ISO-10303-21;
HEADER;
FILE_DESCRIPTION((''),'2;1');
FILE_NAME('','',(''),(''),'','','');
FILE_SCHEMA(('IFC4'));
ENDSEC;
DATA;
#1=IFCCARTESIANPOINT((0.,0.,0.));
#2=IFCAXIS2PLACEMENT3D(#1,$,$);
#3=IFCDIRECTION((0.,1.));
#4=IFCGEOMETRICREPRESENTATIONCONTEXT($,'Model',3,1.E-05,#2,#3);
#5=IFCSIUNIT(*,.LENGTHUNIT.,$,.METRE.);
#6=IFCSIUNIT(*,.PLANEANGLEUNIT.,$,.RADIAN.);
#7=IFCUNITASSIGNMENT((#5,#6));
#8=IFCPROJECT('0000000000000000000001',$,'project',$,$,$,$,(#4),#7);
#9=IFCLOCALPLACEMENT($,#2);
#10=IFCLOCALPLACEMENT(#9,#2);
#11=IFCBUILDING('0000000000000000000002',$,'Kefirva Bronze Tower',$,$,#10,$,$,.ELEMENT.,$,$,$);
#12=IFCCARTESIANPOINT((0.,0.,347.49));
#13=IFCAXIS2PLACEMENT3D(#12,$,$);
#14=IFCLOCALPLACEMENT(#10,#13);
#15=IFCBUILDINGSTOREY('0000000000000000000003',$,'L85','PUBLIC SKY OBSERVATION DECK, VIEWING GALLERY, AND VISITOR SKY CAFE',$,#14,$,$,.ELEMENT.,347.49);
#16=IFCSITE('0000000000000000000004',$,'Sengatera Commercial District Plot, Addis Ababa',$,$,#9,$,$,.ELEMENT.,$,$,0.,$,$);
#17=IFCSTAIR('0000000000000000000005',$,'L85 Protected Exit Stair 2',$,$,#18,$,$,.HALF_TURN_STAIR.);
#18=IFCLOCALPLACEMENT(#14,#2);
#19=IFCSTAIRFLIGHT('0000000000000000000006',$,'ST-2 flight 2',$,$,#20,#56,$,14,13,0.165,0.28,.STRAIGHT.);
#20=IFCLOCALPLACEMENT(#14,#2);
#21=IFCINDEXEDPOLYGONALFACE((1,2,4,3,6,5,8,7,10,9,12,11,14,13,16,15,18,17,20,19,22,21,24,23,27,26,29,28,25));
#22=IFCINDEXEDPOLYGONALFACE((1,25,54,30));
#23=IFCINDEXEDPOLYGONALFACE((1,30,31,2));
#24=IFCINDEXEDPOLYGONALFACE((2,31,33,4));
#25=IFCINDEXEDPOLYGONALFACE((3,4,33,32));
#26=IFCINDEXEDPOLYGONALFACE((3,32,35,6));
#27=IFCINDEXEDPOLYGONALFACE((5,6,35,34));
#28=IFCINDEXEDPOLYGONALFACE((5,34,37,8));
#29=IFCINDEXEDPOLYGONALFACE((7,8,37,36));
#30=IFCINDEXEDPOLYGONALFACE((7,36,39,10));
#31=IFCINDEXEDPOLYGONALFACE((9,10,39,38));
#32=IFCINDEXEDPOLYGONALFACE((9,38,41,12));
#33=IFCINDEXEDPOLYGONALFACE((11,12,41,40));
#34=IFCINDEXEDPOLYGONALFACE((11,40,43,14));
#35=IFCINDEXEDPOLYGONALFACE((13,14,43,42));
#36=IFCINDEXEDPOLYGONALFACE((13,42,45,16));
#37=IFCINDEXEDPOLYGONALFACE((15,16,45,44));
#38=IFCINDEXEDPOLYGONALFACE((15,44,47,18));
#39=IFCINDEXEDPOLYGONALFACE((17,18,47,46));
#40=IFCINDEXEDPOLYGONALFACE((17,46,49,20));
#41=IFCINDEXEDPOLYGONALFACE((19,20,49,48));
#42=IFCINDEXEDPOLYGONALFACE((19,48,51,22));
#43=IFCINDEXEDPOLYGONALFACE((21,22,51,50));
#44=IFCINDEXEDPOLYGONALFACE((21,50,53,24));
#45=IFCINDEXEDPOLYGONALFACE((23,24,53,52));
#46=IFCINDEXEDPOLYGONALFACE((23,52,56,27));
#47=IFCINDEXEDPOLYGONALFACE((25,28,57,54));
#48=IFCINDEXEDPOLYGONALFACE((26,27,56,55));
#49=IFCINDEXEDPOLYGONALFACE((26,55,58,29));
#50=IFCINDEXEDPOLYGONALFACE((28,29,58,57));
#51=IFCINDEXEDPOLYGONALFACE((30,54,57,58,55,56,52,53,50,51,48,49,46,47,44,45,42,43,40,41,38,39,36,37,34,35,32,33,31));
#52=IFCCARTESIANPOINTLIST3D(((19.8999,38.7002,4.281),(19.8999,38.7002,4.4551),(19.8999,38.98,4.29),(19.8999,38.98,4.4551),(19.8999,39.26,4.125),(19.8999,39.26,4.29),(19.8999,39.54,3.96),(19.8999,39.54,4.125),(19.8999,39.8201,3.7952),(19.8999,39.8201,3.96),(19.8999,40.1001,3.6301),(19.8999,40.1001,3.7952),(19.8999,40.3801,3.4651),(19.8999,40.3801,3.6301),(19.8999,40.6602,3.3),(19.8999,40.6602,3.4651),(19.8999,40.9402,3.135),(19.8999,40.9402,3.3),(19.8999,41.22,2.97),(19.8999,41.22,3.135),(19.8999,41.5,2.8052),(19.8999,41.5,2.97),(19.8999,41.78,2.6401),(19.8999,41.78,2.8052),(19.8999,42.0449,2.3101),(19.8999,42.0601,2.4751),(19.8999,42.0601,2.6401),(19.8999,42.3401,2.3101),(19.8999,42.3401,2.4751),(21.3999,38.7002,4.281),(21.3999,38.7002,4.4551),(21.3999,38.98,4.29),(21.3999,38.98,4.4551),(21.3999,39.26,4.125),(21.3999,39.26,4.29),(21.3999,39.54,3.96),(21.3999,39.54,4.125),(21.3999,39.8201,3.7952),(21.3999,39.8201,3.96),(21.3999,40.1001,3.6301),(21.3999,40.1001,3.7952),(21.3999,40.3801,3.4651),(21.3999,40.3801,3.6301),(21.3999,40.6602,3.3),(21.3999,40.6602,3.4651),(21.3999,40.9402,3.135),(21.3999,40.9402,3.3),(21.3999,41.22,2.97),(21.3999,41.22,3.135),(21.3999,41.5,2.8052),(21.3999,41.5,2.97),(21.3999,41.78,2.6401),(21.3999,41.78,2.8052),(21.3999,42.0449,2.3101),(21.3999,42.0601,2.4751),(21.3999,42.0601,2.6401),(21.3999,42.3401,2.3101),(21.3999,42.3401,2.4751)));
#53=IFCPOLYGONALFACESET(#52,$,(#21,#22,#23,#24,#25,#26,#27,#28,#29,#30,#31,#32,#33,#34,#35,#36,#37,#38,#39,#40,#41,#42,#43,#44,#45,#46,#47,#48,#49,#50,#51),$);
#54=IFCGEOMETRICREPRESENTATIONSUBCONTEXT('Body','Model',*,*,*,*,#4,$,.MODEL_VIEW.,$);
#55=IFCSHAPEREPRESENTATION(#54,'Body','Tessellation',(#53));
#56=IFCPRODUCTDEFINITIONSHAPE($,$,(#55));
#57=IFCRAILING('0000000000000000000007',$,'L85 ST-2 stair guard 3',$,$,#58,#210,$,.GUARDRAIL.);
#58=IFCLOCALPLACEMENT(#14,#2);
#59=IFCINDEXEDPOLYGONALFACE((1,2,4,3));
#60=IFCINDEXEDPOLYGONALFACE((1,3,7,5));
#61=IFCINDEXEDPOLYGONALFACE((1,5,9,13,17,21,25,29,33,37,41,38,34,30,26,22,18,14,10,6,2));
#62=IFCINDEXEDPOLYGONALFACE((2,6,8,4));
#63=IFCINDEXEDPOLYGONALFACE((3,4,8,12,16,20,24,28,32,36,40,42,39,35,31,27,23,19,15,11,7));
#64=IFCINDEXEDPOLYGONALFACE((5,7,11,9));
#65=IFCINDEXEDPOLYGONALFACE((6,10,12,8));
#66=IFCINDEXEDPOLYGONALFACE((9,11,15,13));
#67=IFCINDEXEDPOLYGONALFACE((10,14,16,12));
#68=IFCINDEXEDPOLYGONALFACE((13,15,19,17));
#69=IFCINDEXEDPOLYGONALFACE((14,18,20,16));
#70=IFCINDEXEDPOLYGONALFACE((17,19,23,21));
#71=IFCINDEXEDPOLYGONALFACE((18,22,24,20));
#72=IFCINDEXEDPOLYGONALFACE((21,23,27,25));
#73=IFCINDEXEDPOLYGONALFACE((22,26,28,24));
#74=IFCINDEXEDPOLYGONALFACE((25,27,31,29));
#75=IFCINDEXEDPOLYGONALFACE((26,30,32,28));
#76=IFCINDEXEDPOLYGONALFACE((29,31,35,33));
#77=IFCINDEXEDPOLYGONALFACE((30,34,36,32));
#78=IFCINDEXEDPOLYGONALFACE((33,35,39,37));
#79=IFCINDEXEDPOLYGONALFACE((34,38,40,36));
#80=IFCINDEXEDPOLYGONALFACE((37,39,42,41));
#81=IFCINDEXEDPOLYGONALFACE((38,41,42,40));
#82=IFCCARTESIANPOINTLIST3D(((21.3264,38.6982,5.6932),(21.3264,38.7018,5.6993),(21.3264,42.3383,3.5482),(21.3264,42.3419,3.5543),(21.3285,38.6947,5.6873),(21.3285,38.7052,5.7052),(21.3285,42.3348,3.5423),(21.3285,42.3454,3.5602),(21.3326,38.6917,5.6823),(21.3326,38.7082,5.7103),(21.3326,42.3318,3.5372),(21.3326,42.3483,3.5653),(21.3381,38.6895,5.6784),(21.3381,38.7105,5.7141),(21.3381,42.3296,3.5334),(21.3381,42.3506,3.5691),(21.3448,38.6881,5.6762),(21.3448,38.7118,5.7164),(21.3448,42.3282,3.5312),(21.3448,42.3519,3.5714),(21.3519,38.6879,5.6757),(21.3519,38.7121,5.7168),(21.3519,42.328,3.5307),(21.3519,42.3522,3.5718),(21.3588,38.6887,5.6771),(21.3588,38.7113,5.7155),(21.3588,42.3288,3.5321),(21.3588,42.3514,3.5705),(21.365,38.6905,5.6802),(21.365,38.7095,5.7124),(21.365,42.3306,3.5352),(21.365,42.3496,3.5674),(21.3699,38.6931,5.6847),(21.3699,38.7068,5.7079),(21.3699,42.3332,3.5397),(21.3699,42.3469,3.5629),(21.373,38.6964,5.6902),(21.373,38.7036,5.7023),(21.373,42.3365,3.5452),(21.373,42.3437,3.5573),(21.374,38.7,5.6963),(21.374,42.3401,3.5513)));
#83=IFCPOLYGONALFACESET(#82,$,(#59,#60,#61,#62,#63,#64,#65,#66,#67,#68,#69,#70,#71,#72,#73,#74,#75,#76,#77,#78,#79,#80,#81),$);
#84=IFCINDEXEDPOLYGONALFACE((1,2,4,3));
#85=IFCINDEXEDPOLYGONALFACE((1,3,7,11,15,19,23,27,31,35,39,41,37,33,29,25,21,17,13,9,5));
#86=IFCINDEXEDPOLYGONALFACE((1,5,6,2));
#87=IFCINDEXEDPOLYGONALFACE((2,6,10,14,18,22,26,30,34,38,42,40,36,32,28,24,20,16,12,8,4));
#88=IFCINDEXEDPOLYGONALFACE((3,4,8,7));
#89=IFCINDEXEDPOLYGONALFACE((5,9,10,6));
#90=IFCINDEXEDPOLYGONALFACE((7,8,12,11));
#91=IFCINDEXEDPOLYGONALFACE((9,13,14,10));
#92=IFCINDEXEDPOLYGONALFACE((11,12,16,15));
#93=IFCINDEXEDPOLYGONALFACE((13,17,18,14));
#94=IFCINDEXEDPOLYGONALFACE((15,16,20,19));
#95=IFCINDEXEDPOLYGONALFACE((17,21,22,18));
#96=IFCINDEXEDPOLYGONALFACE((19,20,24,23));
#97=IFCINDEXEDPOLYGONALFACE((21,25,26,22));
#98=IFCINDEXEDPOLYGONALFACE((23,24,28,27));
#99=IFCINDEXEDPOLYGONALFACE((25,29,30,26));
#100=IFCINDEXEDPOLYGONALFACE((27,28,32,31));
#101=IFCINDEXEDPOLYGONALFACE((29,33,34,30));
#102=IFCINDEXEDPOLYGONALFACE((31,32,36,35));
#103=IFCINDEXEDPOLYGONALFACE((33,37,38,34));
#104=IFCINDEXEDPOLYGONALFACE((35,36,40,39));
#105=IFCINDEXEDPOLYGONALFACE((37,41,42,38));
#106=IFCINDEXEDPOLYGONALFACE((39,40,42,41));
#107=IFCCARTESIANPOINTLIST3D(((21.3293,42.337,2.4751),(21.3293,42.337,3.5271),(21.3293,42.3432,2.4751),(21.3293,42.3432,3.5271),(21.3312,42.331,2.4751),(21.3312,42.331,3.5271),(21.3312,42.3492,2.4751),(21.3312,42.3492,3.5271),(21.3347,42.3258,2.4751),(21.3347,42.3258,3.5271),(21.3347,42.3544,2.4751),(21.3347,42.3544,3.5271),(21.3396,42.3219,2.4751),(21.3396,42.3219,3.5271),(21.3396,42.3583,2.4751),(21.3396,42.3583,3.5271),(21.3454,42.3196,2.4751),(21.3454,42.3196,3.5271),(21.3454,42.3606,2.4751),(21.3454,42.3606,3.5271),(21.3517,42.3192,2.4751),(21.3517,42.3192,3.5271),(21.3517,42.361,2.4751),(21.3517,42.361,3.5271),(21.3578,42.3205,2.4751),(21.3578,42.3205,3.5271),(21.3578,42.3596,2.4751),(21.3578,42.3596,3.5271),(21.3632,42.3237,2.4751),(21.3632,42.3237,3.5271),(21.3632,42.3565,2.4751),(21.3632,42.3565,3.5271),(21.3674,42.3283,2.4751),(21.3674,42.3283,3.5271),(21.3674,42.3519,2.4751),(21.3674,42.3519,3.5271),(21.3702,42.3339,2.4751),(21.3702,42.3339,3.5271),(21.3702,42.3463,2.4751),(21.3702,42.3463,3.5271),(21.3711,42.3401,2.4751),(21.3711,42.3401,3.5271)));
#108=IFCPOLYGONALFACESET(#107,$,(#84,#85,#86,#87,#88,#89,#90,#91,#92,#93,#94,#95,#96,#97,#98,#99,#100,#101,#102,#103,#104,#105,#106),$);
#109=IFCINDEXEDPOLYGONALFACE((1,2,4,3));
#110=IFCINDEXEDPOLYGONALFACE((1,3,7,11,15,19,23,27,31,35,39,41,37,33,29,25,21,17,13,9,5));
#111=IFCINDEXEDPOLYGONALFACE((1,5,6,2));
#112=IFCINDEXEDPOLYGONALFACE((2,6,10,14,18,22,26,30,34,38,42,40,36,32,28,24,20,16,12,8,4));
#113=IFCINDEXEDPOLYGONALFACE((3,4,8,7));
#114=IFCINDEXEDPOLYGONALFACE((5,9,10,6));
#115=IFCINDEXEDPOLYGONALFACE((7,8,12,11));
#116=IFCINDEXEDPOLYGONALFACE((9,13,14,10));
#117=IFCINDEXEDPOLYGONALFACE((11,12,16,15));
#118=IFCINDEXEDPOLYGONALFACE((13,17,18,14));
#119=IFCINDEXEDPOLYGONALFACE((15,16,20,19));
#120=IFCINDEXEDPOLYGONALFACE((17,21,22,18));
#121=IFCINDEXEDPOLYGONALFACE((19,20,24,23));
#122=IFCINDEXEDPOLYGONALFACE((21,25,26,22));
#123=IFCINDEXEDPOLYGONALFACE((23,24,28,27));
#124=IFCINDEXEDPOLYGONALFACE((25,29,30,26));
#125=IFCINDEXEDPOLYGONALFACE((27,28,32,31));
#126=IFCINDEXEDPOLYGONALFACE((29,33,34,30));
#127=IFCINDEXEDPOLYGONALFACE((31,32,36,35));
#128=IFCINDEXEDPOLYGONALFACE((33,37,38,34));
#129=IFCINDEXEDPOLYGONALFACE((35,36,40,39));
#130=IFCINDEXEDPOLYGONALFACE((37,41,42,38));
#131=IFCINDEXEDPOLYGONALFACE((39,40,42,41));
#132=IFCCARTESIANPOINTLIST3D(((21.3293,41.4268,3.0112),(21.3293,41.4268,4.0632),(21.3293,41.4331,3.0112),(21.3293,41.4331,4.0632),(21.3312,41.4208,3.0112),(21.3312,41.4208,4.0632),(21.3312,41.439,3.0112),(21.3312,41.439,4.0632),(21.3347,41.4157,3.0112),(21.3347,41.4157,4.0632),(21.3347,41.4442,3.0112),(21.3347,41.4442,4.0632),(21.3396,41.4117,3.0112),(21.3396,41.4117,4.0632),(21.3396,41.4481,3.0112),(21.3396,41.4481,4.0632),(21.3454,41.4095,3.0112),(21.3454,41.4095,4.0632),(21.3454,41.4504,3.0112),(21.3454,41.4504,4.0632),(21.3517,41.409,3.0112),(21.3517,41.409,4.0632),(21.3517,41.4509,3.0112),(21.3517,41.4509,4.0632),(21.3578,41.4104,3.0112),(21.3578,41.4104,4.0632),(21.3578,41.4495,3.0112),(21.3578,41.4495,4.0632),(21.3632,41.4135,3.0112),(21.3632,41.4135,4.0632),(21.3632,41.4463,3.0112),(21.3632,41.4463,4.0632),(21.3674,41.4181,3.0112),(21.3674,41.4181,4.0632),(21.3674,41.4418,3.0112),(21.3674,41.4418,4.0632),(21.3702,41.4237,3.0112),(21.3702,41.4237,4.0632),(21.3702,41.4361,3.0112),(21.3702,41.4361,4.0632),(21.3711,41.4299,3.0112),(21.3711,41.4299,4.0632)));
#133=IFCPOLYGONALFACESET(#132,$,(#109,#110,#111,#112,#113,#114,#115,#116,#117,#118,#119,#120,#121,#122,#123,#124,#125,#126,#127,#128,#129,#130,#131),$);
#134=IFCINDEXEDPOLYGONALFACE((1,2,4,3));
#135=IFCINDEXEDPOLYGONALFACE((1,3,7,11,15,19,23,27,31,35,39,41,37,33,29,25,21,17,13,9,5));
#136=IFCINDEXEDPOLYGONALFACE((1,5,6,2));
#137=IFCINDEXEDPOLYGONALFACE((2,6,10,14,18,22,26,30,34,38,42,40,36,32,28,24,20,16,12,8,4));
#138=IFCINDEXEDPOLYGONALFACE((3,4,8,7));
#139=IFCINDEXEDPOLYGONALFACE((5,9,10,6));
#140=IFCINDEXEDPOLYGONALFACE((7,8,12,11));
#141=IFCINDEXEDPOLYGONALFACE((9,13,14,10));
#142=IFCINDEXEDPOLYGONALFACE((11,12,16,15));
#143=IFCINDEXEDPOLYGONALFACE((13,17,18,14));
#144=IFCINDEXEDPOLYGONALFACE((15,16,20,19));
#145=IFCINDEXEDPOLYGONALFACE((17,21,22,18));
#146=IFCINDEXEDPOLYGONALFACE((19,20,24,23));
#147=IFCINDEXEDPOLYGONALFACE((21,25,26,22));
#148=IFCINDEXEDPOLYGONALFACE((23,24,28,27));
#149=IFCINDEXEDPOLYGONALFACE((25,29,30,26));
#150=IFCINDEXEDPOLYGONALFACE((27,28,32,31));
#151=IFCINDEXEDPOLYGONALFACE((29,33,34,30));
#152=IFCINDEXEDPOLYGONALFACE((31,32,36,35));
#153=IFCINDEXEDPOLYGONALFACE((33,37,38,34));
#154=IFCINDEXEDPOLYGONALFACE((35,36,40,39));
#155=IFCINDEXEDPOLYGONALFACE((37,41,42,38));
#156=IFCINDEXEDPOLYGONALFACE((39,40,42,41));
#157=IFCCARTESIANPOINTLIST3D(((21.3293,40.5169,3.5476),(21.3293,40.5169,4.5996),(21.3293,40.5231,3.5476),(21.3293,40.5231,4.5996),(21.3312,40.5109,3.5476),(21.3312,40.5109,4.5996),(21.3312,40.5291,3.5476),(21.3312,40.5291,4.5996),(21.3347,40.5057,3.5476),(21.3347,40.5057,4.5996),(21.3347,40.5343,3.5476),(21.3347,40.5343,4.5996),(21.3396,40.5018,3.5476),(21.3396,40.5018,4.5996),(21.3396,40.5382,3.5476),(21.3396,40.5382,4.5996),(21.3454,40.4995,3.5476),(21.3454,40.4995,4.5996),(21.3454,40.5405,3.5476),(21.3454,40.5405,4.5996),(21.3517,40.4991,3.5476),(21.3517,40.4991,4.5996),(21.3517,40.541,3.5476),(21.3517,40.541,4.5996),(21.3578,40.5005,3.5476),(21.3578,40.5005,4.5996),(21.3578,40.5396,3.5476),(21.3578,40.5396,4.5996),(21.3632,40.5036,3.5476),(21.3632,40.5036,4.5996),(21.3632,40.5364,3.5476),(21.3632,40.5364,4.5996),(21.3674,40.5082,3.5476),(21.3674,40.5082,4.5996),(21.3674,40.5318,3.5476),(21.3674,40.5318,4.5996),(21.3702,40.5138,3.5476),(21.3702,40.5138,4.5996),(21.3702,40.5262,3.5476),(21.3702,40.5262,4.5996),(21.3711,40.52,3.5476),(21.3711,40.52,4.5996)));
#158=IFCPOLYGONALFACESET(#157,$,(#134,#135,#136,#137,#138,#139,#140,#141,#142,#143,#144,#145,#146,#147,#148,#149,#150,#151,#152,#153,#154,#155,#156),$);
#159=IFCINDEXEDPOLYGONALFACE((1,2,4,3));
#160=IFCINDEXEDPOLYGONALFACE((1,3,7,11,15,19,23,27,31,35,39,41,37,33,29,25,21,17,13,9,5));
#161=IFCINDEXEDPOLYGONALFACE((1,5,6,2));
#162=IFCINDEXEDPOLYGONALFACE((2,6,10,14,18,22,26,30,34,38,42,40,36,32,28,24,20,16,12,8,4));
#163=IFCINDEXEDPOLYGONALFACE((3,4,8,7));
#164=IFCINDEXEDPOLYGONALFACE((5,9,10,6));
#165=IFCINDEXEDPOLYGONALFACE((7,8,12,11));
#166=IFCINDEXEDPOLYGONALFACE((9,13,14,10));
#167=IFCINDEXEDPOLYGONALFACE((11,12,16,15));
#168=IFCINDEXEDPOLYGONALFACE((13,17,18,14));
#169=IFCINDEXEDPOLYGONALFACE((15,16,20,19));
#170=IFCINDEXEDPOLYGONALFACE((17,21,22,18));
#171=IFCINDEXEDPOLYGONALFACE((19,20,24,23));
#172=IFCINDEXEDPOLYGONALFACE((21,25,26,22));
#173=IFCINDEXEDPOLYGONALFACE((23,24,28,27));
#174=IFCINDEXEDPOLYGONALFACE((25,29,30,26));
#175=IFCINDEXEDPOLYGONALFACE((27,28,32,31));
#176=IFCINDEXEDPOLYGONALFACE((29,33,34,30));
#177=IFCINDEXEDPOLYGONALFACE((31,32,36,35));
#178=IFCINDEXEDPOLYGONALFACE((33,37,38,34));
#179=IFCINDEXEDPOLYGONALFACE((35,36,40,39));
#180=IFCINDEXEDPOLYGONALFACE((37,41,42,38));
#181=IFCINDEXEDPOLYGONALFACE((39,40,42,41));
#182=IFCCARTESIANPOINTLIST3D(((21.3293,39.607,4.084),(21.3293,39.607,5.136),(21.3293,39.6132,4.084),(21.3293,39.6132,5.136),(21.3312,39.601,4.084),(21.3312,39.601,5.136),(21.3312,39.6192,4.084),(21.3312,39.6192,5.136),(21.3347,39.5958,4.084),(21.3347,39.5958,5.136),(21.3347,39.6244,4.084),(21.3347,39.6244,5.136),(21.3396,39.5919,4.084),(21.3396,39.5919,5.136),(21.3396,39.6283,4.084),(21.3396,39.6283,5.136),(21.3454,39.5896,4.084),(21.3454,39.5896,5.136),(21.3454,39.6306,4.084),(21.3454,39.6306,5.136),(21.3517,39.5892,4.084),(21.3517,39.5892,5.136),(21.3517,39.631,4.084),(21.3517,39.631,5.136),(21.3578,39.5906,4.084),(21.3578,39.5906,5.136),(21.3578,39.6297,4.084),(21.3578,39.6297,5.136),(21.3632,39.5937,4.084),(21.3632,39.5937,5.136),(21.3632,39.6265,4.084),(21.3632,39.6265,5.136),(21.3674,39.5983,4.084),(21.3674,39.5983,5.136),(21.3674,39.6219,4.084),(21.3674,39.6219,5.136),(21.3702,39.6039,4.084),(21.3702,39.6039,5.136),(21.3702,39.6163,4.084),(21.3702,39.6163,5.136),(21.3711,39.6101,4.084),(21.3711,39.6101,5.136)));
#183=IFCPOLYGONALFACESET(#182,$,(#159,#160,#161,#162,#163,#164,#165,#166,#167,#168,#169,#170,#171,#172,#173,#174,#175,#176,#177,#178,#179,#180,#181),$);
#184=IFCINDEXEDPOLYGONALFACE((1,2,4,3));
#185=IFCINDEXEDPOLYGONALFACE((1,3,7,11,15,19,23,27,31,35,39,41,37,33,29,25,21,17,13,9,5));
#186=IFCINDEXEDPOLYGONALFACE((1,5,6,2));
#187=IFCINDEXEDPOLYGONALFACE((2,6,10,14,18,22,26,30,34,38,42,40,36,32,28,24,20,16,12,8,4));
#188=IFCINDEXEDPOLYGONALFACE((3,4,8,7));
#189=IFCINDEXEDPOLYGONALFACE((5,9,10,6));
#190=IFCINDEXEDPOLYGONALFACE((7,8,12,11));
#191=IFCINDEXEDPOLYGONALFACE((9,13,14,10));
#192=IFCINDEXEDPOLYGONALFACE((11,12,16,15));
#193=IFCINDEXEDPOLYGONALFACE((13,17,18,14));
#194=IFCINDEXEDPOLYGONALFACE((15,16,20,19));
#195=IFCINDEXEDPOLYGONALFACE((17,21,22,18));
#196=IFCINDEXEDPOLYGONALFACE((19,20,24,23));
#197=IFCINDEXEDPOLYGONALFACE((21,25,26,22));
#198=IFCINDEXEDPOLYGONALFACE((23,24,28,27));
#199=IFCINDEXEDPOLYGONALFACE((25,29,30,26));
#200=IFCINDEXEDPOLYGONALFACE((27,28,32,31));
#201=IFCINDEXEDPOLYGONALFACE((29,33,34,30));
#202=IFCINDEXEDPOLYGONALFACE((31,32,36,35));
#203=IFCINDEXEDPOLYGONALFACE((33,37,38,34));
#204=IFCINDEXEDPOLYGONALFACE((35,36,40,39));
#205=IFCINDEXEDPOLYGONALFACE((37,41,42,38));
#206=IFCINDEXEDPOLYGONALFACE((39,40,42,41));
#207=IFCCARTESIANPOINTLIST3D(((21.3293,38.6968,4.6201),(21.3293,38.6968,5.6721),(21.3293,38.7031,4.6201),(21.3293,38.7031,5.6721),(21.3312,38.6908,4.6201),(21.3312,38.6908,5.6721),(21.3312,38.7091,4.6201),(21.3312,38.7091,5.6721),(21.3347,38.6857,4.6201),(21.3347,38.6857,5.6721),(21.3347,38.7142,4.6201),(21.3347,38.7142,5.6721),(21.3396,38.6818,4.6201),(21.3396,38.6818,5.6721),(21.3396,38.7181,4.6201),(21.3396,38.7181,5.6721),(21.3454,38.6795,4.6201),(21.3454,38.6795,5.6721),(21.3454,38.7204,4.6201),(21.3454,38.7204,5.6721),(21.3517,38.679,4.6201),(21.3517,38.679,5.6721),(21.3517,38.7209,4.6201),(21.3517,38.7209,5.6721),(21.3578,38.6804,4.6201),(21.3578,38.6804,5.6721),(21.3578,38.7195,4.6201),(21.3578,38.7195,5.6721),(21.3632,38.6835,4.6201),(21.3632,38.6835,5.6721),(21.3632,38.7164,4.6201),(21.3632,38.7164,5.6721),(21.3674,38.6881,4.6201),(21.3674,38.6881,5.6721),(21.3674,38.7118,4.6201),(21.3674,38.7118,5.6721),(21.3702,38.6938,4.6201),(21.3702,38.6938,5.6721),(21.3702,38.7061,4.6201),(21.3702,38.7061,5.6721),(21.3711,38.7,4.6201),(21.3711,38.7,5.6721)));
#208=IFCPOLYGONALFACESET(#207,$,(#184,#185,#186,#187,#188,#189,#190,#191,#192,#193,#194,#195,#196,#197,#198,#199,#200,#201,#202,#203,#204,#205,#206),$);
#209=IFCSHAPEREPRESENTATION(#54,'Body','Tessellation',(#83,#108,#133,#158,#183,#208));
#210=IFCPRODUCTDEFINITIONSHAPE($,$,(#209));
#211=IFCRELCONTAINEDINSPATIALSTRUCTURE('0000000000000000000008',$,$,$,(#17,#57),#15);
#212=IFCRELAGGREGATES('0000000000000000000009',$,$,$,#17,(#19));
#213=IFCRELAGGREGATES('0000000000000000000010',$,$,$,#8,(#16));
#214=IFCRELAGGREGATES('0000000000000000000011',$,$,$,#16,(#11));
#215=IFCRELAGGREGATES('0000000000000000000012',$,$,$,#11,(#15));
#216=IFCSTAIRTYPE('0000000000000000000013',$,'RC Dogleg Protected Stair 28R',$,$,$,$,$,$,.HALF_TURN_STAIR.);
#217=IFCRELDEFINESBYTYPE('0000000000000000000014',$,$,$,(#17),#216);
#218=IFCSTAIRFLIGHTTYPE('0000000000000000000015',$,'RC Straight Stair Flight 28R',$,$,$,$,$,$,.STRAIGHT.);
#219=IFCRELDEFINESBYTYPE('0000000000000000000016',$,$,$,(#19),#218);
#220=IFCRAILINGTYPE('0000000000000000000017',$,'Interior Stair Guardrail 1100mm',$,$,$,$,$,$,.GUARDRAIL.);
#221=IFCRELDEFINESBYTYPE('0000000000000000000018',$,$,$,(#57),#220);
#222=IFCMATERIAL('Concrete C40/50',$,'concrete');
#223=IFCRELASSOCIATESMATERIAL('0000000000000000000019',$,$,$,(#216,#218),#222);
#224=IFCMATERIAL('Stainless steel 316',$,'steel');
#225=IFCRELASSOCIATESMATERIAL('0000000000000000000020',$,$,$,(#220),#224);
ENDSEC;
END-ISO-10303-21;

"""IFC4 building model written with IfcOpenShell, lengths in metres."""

from ifc_helpers import new_model, si_unit, direction, frame, origin, origin_2d, place, context, subcontext, project, spatial, polyline, circle, outline, extrude, material, type_object, element, aggregate, save


model = new_model("IFC4")

# Units and contexts
model_context = context("Model", 3, precision=1e-05, world=origin(), true_north=direction((0.0, 1.0)))
body_context = subcontext(model_context, "Body", "Model", "MODEL_VIEW")
ifc_project = project(units=[si_unit("LENGTHUNIT", "METRE"), si_unit("PLANEANGLEUNIT", "RADIAN")], contexts=[model_context])

# Site, building, storey
site_placement = place(None, origin())
site = spatial("IfcSite", under=ifc_project, at=site_placement, Name="Sengatera Commercial District Plot, Addis Ababa", CompositionType="ELEMENT", RefElevation=0.0)
building_placement = place(site_placement, origin())
building = spatial("IfcBuilding", under=site, at=building_placement, Name="Kefirva Bronze Tower", CompositionType="ELEMENT")
storey_placement = place(building_placement, frame((0.0, 0.0, 347.49)))
storey = spatial("IfcBuildingStorey", under=building, at=storey_placement, Name="L85", Description="PUBLIC SKY OBSERVATION DECK, VIEWING GALLERY, AND VISITOR SKY CAFE", CompositionType="ELEMENT", Elevation=347.49)

# Stair, stair flight
ifc_material_1 = material(Name="Concrete C40/50", Category="concrete")
stair_type = type_object("IfcStairType", Name="RC Dogleg Protected Stair 28R", PredefinedType="HALF_TURN_STAIR", material=ifc_material_1)
stair_placement = place(storey_placement, origin())
stair = element("IfcStair", 1, at=stair_placement, inside=storey, type_object=stair_type, Name="L85 Protected Exit Stair 2", PredefinedType="HALF_TURN_STAIR")
stair_flight_type = type_object("IfcStairFlightType", Name="RC Straight Stair Flight 28R", PredefinedType="STRAIGHT", material=ifc_material_1)
stair_flight_placement = place(storey_placement, frame((20.6499, 42.3401, 2.3101), z_axis=(0.0, 0.0, 1.0), x_axis=(0.0, -1.0, 0.0)))
stair_flight = element("IfcStairFlight", 2, at=stair_flight_placement, type_object=stair_flight_type, Name="ST-2 flight 2", NumberOfRisers=14, NumberOfTreads=13, PredefinedType="STRAIGHT", RiserHeight=0.165, TreadLength=0.28, context=body_context, shape_type="SweptSolid", body=[
    extrude(outline(polyline([(0.0, 0.0), (0.0, 0.165), (0.28, 0.165), (0.28, 0.3301), (0.5601, 0.3301), (0.5601, 0.4951), (0.8401, 0.4951), (0.8401, 0.6599), (1.1201, 0.6599), (1.1201, 0.825), (1.3999, 0.825), (1.3999, 0.99), (1.6799, 0.99), (1.6799, 1.155), (1.96, 1.155), (1.96, 1.3201), (2.24, 1.3201), (2.24, 1.4851), (2.52, 1.4851), (2.52, 1.6499), (2.8, 1.6499), (2.8, 1.8149), (3.0801, 1.8149), (3.0801, 1.98), (3.3601, 1.98), (3.3601, 2.145), (3.6399, 2.145), (3.6399, 2.3101), (3.6399, 1.9709), (0.2952, 0.0), (0.0, 0.0)])), frame((0.0, 0.75, 0.0), z_axis=(0.0, -1.0, 0.0), x_axis=(1.0, 0.0, 0.0)), (0.0, 0.0, 1.0), 1.5),
])
aggregate(stair, [stair_flight])

# Railing
ifc_material_2 = material(Name="Stainless steel 316", Category="steel")
railing_type_1 = type_object("IfcRailingType", Name="Interior Stair Guardrail 1100mm", PredefinedType="GUARDRAIL", material=ifc_material_2)
railing_1_placement = place(storey_placement, frame((21.3501, 42.3401, 2.4751)))
element("IfcRailing", 3, at=railing_1_placement, inside=storey, type_object=railing_type_1, Name="L85 ST-2 stair guard 3", PredefinedType="GUARDRAIL", context=body_context, shape_type="SweptSolid", body=[
    extrude(circle(Radius=0.0239, at=origin_2d()), frame((0.0, 0.0, 1.0762), z_axis=(0.0, -0.861545, 0.507682), x_axis=(1.0, 0.0, 0.0)), (0.0, 0.0, 1.0), 4.2251),
    extrude(circle(Radius=0.021, at=origin_2d()), origin(), (0.0, 0.0, 1.0), 1.052),
    extrude(circle(Radius=0.021, at=origin_2d()), frame((0.0, -0.9102, 0.5361)), (0.0, 0.0, 1.0), 1.052),
    extrude(circle(Radius=0.021, at=origin_2d()), frame((0.0, -1.8201, 1.0725)), (0.0, 0.0, 1.0), 1.052),
    extrude(circle(Radius=0.021, at=origin_2d()), frame((0.0, -2.73, 1.6089)), (0.0, 0.0, 1.0), 1.052),
    extrude(circle(Radius=0.021, at=origin_2d()), frame((0.0, -3.6401, 2.145)), (0.0, 0.0, 1.0), 1.052),
])

save(model, "model.ifc")
